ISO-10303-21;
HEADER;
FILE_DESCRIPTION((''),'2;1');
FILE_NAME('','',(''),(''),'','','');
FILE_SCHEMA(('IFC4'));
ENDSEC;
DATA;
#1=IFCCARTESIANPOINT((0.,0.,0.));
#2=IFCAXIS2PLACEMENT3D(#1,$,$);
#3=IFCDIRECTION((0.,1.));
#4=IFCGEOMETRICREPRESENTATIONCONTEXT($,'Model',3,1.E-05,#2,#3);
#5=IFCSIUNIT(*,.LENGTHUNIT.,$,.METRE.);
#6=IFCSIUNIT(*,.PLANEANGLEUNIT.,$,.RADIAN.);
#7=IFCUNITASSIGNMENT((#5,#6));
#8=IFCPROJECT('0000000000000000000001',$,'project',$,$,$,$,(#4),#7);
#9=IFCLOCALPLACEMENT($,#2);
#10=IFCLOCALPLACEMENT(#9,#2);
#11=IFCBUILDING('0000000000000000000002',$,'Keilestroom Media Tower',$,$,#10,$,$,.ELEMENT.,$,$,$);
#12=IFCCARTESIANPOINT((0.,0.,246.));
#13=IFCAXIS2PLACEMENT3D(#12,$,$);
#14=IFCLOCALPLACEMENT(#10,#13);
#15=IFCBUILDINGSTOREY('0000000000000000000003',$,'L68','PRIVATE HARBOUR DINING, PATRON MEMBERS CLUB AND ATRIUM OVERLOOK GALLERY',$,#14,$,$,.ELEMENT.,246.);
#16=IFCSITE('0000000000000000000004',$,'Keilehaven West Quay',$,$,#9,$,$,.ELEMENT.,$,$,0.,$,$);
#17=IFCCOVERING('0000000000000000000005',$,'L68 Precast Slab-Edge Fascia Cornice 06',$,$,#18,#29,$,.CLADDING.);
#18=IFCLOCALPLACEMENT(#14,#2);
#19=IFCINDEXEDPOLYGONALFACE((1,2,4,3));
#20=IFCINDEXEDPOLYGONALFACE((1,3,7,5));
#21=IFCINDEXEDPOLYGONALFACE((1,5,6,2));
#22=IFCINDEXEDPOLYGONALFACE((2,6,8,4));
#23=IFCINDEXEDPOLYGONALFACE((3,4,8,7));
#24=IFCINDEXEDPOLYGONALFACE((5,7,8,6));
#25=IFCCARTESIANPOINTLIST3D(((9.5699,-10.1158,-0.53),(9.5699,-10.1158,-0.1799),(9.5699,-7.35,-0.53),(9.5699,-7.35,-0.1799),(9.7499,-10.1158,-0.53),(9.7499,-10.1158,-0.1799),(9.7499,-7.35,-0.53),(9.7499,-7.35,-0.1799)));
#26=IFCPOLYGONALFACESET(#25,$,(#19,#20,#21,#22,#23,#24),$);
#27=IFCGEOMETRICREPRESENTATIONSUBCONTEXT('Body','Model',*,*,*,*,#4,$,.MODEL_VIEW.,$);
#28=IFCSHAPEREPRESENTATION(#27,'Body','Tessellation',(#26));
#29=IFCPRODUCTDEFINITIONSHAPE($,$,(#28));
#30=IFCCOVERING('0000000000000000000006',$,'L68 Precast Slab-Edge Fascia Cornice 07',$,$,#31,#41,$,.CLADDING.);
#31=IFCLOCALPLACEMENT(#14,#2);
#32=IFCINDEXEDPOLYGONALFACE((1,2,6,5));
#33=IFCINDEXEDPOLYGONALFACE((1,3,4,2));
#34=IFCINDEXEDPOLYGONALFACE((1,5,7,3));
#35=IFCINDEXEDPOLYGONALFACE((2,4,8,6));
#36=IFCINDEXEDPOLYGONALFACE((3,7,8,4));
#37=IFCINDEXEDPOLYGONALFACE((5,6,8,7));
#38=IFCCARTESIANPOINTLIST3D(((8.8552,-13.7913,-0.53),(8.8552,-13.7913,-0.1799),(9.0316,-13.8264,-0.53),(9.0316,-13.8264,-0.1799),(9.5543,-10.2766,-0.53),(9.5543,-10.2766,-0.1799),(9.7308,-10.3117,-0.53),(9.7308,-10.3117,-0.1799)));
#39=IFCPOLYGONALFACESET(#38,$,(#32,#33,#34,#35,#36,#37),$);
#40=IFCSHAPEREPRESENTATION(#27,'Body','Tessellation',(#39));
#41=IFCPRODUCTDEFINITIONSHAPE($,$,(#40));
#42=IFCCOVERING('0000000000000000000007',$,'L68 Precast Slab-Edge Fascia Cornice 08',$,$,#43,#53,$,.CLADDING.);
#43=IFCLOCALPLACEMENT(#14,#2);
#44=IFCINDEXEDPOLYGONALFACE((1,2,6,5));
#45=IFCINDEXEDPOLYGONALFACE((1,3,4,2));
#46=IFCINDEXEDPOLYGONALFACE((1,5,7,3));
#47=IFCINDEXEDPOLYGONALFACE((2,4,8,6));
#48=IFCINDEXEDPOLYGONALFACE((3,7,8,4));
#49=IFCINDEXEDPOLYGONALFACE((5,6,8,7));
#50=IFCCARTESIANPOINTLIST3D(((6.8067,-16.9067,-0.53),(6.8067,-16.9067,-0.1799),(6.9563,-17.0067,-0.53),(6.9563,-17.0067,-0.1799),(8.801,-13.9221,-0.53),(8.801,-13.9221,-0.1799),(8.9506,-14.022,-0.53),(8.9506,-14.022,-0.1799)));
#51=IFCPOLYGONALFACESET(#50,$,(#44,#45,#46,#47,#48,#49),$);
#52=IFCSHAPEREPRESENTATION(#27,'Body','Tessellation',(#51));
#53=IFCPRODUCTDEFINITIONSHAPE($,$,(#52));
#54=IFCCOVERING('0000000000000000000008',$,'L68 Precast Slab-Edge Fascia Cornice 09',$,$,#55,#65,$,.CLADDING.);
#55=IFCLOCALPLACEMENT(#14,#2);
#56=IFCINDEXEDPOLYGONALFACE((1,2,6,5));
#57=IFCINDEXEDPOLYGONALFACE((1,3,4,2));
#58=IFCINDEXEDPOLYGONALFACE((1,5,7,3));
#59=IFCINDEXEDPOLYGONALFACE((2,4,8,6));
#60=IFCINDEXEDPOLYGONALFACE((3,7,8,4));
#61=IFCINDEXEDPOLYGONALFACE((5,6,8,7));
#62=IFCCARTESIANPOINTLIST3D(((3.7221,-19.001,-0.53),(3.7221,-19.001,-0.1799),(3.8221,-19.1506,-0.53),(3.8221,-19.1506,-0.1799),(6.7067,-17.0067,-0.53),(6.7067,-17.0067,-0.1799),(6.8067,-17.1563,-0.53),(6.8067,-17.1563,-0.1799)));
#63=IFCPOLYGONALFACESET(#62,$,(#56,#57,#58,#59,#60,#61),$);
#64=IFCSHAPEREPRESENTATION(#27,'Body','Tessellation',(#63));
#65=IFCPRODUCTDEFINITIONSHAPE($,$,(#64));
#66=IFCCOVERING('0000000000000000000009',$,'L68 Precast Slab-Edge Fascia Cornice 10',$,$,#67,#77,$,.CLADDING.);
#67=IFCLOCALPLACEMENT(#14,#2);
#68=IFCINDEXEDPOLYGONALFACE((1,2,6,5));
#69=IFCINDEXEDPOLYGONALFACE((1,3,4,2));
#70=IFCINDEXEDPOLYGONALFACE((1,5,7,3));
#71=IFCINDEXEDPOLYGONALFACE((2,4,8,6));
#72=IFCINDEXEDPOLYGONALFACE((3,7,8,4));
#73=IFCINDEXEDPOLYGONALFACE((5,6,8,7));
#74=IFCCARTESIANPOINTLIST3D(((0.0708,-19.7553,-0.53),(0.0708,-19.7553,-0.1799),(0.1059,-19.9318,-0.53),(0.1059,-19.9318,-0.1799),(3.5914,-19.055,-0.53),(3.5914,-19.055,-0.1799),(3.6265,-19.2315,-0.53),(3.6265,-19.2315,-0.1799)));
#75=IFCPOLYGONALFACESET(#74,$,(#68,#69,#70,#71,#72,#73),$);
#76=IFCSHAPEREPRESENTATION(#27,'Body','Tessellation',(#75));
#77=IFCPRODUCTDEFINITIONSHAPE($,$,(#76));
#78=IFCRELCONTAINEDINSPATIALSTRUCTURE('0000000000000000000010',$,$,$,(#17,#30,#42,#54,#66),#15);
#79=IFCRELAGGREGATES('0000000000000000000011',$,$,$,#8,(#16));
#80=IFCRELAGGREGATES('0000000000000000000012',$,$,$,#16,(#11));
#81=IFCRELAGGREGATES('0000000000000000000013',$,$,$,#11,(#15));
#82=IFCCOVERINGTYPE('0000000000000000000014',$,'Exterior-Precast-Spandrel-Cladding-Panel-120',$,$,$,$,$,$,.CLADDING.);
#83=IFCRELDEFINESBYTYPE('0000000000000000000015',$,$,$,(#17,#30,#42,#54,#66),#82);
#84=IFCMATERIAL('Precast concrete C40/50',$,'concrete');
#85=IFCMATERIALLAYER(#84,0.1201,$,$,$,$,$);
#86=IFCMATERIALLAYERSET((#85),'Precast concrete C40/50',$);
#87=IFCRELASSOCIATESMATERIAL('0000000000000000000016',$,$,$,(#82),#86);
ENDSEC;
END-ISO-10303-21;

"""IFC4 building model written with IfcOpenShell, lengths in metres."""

from ifc_helpers import new_model, si_unit, direction, frame, origin, origin_2d, place, context, subcontext, project, spatial, rectangle, extrude, source, transform, mapped, material, layer, layer_set, type_object, element, save


model = new_model("IFC4")

# Units and contexts
model_context = context("Model", 3, precision=1e-05, world=origin(), true_north=direction((0.0, 1.0)))
body_context = subcontext(model_context, "Body", "Model", "MODEL_VIEW")
ifc_project = project(units=[si_unit("LENGTHUNIT", "METRE"), si_unit("PLANEANGLEUNIT", "RADIAN")], contexts=[model_context])

# Site, building, storey
site_placement = place(None, origin())
site = spatial("IfcSite", under=ifc_project, at=site_placement, Name="Keilehaven West Quay", CompositionType="ELEMENT", RefElevation=0.0)
building_placement = place(site_placement, origin())
building = spatial("IfcBuilding", under=site, at=building_placement, Name="Keilestroom Media Tower", CompositionType="ELEMENT")
storey_placement = place(building_placement, frame((0.0, 0.0, 246.0)))
storey = spatial("IfcBuildingStorey", under=building, at=storey_placement, Name="L68", Description="PRIVATE HARBOUR DINING, PATRON MEMBERS CLUB AND ATRIUM OVERLOOK GALLERY", CompositionType="ELEMENT", Elevation=246.0)

# Shared definitions
ifc_material_1 = material(Name="Precast concrete C40/50", Category="concrete")

# Coverings
ifc_layer_1 = layer(ifc_material_1, 0.1201)
ifc_layer_set_1 = layer_set([ifc_layer_1], Name="Precast concrete C40/50")
covering_type = type_object("IfcCoveringType", Name="Exterior-Precast-Spandrel-Cladding-Panel-120", PredefinedType="CLADDING", material=ifc_layer_set_1)
shared_shape_1 = source(origin(), body_context, "Body", "SweptSolid", [
    extrude(rectangle(XDim=2.7659, YDim=0.1799, at=origin_2d()), origin(), (0.0, 0.0, 1.0), 0.3501),
])
covering_1_placement = place(storey_placement, frame((9.6599, -8.7329, -0.53), z_axis=(0.0, 0.0, 1.0), x_axis=(0.0, -1.0, 0.0)))
element("IfcCovering", 1, at=covering_1_placement, inside=storey, type_object=covering_type, Name="L68 Precast Slab-Edge Fascia Cornice 06", PredefinedType="CLADDING", context=body_context, shape_type="MappedRepresentation", body=[
    mapped(shared_shape_1, transform((0.0, 0.0, 0.0), x_axis=(1.0, 0.0, 0.0), y_axis=(0.0, 1.0, 0.0), z_axis=(0.0, 0.0, 1.0), scale=1.0)),
])
shared_shape_2 = source(origin(), body_context, "Body", "SweptSolid", [
    extrude(rectangle(XDim=3.5835, YDim=0.1799, at=origin_2d()), origin(), (0.0, 0.0, 1.0), 0.3501),
])
covering_2_placement = place(storey_placement, frame((9.293, -12.0515, -0.53), z_axis=(0.0, 0.0, 1.0), x_axis=(-0.195099, -0.980784, 0.0)))
element("IfcCovering", 2, at=covering_2_placement, inside=storey, type_object=covering_type, Name="L68 Precast Slab-Edge Fascia Cornice 07", PredefinedType="CLADDING", context=body_context, shape_type="MappedRepresentation", body=[
    mapped(shared_shape_2, transform((0.0, 0.0, 0.0), x_axis=(1.0, 0.0, 0.0), y_axis=(0.0, 1.0, 0.0), z_axis=(0.0, 0.0, 1.0), scale=1.0)),
])
shared_shape_3 = source(origin(), body_context, "Body", "SweptSolid", [
    extrude(rectangle(XDim=3.5896, YDim=0.1799, at=origin_2d()), origin(), (0.0, 0.0, 1.0), 0.3501),
])
for number, where, z_axis, x_axis, name in (
    (3, (7.8787, -15.4644, -0.53), (0.0, 0.0, 1.0), (-0.555575, -0.831467, 0.0), "L68 Precast Slab-Edge Fascia Cornice 08"),
    (4, (5.2644, -18.0786, -0.53), (0.0, 0.0, 1.0), (-0.831467, -0.555575, 0.0), "L68 Precast Slab-Edge Fascia Cornice 09"),
    (5, (1.8486, -19.4934, -0.53), (0.0, 0.0, 1.0), (-0.980784, -0.195099, 0.0), "L68 Precast Slab-Edge Fascia Cornice 10"),
):
    element("IfcCovering", number, at=place(storey_placement, frame(where, z_axis=z_axis, x_axis=x_axis)), inside=storey, type_object=covering_type, Name=name, PredefinedType="CLADDING", context=body_context, shape_type="MappedRepresentation", body=[
        mapped(shared_shape_3, transform((0.0, 0.0, 0.0), x_axis=(1.0, 0.0, 0.0), y_axis=(0.0, 1.0, 0.0), z_axis=(0.0, 0.0, 1.0), scale=1.0)),
    ])

save(model, "model.ifc")
